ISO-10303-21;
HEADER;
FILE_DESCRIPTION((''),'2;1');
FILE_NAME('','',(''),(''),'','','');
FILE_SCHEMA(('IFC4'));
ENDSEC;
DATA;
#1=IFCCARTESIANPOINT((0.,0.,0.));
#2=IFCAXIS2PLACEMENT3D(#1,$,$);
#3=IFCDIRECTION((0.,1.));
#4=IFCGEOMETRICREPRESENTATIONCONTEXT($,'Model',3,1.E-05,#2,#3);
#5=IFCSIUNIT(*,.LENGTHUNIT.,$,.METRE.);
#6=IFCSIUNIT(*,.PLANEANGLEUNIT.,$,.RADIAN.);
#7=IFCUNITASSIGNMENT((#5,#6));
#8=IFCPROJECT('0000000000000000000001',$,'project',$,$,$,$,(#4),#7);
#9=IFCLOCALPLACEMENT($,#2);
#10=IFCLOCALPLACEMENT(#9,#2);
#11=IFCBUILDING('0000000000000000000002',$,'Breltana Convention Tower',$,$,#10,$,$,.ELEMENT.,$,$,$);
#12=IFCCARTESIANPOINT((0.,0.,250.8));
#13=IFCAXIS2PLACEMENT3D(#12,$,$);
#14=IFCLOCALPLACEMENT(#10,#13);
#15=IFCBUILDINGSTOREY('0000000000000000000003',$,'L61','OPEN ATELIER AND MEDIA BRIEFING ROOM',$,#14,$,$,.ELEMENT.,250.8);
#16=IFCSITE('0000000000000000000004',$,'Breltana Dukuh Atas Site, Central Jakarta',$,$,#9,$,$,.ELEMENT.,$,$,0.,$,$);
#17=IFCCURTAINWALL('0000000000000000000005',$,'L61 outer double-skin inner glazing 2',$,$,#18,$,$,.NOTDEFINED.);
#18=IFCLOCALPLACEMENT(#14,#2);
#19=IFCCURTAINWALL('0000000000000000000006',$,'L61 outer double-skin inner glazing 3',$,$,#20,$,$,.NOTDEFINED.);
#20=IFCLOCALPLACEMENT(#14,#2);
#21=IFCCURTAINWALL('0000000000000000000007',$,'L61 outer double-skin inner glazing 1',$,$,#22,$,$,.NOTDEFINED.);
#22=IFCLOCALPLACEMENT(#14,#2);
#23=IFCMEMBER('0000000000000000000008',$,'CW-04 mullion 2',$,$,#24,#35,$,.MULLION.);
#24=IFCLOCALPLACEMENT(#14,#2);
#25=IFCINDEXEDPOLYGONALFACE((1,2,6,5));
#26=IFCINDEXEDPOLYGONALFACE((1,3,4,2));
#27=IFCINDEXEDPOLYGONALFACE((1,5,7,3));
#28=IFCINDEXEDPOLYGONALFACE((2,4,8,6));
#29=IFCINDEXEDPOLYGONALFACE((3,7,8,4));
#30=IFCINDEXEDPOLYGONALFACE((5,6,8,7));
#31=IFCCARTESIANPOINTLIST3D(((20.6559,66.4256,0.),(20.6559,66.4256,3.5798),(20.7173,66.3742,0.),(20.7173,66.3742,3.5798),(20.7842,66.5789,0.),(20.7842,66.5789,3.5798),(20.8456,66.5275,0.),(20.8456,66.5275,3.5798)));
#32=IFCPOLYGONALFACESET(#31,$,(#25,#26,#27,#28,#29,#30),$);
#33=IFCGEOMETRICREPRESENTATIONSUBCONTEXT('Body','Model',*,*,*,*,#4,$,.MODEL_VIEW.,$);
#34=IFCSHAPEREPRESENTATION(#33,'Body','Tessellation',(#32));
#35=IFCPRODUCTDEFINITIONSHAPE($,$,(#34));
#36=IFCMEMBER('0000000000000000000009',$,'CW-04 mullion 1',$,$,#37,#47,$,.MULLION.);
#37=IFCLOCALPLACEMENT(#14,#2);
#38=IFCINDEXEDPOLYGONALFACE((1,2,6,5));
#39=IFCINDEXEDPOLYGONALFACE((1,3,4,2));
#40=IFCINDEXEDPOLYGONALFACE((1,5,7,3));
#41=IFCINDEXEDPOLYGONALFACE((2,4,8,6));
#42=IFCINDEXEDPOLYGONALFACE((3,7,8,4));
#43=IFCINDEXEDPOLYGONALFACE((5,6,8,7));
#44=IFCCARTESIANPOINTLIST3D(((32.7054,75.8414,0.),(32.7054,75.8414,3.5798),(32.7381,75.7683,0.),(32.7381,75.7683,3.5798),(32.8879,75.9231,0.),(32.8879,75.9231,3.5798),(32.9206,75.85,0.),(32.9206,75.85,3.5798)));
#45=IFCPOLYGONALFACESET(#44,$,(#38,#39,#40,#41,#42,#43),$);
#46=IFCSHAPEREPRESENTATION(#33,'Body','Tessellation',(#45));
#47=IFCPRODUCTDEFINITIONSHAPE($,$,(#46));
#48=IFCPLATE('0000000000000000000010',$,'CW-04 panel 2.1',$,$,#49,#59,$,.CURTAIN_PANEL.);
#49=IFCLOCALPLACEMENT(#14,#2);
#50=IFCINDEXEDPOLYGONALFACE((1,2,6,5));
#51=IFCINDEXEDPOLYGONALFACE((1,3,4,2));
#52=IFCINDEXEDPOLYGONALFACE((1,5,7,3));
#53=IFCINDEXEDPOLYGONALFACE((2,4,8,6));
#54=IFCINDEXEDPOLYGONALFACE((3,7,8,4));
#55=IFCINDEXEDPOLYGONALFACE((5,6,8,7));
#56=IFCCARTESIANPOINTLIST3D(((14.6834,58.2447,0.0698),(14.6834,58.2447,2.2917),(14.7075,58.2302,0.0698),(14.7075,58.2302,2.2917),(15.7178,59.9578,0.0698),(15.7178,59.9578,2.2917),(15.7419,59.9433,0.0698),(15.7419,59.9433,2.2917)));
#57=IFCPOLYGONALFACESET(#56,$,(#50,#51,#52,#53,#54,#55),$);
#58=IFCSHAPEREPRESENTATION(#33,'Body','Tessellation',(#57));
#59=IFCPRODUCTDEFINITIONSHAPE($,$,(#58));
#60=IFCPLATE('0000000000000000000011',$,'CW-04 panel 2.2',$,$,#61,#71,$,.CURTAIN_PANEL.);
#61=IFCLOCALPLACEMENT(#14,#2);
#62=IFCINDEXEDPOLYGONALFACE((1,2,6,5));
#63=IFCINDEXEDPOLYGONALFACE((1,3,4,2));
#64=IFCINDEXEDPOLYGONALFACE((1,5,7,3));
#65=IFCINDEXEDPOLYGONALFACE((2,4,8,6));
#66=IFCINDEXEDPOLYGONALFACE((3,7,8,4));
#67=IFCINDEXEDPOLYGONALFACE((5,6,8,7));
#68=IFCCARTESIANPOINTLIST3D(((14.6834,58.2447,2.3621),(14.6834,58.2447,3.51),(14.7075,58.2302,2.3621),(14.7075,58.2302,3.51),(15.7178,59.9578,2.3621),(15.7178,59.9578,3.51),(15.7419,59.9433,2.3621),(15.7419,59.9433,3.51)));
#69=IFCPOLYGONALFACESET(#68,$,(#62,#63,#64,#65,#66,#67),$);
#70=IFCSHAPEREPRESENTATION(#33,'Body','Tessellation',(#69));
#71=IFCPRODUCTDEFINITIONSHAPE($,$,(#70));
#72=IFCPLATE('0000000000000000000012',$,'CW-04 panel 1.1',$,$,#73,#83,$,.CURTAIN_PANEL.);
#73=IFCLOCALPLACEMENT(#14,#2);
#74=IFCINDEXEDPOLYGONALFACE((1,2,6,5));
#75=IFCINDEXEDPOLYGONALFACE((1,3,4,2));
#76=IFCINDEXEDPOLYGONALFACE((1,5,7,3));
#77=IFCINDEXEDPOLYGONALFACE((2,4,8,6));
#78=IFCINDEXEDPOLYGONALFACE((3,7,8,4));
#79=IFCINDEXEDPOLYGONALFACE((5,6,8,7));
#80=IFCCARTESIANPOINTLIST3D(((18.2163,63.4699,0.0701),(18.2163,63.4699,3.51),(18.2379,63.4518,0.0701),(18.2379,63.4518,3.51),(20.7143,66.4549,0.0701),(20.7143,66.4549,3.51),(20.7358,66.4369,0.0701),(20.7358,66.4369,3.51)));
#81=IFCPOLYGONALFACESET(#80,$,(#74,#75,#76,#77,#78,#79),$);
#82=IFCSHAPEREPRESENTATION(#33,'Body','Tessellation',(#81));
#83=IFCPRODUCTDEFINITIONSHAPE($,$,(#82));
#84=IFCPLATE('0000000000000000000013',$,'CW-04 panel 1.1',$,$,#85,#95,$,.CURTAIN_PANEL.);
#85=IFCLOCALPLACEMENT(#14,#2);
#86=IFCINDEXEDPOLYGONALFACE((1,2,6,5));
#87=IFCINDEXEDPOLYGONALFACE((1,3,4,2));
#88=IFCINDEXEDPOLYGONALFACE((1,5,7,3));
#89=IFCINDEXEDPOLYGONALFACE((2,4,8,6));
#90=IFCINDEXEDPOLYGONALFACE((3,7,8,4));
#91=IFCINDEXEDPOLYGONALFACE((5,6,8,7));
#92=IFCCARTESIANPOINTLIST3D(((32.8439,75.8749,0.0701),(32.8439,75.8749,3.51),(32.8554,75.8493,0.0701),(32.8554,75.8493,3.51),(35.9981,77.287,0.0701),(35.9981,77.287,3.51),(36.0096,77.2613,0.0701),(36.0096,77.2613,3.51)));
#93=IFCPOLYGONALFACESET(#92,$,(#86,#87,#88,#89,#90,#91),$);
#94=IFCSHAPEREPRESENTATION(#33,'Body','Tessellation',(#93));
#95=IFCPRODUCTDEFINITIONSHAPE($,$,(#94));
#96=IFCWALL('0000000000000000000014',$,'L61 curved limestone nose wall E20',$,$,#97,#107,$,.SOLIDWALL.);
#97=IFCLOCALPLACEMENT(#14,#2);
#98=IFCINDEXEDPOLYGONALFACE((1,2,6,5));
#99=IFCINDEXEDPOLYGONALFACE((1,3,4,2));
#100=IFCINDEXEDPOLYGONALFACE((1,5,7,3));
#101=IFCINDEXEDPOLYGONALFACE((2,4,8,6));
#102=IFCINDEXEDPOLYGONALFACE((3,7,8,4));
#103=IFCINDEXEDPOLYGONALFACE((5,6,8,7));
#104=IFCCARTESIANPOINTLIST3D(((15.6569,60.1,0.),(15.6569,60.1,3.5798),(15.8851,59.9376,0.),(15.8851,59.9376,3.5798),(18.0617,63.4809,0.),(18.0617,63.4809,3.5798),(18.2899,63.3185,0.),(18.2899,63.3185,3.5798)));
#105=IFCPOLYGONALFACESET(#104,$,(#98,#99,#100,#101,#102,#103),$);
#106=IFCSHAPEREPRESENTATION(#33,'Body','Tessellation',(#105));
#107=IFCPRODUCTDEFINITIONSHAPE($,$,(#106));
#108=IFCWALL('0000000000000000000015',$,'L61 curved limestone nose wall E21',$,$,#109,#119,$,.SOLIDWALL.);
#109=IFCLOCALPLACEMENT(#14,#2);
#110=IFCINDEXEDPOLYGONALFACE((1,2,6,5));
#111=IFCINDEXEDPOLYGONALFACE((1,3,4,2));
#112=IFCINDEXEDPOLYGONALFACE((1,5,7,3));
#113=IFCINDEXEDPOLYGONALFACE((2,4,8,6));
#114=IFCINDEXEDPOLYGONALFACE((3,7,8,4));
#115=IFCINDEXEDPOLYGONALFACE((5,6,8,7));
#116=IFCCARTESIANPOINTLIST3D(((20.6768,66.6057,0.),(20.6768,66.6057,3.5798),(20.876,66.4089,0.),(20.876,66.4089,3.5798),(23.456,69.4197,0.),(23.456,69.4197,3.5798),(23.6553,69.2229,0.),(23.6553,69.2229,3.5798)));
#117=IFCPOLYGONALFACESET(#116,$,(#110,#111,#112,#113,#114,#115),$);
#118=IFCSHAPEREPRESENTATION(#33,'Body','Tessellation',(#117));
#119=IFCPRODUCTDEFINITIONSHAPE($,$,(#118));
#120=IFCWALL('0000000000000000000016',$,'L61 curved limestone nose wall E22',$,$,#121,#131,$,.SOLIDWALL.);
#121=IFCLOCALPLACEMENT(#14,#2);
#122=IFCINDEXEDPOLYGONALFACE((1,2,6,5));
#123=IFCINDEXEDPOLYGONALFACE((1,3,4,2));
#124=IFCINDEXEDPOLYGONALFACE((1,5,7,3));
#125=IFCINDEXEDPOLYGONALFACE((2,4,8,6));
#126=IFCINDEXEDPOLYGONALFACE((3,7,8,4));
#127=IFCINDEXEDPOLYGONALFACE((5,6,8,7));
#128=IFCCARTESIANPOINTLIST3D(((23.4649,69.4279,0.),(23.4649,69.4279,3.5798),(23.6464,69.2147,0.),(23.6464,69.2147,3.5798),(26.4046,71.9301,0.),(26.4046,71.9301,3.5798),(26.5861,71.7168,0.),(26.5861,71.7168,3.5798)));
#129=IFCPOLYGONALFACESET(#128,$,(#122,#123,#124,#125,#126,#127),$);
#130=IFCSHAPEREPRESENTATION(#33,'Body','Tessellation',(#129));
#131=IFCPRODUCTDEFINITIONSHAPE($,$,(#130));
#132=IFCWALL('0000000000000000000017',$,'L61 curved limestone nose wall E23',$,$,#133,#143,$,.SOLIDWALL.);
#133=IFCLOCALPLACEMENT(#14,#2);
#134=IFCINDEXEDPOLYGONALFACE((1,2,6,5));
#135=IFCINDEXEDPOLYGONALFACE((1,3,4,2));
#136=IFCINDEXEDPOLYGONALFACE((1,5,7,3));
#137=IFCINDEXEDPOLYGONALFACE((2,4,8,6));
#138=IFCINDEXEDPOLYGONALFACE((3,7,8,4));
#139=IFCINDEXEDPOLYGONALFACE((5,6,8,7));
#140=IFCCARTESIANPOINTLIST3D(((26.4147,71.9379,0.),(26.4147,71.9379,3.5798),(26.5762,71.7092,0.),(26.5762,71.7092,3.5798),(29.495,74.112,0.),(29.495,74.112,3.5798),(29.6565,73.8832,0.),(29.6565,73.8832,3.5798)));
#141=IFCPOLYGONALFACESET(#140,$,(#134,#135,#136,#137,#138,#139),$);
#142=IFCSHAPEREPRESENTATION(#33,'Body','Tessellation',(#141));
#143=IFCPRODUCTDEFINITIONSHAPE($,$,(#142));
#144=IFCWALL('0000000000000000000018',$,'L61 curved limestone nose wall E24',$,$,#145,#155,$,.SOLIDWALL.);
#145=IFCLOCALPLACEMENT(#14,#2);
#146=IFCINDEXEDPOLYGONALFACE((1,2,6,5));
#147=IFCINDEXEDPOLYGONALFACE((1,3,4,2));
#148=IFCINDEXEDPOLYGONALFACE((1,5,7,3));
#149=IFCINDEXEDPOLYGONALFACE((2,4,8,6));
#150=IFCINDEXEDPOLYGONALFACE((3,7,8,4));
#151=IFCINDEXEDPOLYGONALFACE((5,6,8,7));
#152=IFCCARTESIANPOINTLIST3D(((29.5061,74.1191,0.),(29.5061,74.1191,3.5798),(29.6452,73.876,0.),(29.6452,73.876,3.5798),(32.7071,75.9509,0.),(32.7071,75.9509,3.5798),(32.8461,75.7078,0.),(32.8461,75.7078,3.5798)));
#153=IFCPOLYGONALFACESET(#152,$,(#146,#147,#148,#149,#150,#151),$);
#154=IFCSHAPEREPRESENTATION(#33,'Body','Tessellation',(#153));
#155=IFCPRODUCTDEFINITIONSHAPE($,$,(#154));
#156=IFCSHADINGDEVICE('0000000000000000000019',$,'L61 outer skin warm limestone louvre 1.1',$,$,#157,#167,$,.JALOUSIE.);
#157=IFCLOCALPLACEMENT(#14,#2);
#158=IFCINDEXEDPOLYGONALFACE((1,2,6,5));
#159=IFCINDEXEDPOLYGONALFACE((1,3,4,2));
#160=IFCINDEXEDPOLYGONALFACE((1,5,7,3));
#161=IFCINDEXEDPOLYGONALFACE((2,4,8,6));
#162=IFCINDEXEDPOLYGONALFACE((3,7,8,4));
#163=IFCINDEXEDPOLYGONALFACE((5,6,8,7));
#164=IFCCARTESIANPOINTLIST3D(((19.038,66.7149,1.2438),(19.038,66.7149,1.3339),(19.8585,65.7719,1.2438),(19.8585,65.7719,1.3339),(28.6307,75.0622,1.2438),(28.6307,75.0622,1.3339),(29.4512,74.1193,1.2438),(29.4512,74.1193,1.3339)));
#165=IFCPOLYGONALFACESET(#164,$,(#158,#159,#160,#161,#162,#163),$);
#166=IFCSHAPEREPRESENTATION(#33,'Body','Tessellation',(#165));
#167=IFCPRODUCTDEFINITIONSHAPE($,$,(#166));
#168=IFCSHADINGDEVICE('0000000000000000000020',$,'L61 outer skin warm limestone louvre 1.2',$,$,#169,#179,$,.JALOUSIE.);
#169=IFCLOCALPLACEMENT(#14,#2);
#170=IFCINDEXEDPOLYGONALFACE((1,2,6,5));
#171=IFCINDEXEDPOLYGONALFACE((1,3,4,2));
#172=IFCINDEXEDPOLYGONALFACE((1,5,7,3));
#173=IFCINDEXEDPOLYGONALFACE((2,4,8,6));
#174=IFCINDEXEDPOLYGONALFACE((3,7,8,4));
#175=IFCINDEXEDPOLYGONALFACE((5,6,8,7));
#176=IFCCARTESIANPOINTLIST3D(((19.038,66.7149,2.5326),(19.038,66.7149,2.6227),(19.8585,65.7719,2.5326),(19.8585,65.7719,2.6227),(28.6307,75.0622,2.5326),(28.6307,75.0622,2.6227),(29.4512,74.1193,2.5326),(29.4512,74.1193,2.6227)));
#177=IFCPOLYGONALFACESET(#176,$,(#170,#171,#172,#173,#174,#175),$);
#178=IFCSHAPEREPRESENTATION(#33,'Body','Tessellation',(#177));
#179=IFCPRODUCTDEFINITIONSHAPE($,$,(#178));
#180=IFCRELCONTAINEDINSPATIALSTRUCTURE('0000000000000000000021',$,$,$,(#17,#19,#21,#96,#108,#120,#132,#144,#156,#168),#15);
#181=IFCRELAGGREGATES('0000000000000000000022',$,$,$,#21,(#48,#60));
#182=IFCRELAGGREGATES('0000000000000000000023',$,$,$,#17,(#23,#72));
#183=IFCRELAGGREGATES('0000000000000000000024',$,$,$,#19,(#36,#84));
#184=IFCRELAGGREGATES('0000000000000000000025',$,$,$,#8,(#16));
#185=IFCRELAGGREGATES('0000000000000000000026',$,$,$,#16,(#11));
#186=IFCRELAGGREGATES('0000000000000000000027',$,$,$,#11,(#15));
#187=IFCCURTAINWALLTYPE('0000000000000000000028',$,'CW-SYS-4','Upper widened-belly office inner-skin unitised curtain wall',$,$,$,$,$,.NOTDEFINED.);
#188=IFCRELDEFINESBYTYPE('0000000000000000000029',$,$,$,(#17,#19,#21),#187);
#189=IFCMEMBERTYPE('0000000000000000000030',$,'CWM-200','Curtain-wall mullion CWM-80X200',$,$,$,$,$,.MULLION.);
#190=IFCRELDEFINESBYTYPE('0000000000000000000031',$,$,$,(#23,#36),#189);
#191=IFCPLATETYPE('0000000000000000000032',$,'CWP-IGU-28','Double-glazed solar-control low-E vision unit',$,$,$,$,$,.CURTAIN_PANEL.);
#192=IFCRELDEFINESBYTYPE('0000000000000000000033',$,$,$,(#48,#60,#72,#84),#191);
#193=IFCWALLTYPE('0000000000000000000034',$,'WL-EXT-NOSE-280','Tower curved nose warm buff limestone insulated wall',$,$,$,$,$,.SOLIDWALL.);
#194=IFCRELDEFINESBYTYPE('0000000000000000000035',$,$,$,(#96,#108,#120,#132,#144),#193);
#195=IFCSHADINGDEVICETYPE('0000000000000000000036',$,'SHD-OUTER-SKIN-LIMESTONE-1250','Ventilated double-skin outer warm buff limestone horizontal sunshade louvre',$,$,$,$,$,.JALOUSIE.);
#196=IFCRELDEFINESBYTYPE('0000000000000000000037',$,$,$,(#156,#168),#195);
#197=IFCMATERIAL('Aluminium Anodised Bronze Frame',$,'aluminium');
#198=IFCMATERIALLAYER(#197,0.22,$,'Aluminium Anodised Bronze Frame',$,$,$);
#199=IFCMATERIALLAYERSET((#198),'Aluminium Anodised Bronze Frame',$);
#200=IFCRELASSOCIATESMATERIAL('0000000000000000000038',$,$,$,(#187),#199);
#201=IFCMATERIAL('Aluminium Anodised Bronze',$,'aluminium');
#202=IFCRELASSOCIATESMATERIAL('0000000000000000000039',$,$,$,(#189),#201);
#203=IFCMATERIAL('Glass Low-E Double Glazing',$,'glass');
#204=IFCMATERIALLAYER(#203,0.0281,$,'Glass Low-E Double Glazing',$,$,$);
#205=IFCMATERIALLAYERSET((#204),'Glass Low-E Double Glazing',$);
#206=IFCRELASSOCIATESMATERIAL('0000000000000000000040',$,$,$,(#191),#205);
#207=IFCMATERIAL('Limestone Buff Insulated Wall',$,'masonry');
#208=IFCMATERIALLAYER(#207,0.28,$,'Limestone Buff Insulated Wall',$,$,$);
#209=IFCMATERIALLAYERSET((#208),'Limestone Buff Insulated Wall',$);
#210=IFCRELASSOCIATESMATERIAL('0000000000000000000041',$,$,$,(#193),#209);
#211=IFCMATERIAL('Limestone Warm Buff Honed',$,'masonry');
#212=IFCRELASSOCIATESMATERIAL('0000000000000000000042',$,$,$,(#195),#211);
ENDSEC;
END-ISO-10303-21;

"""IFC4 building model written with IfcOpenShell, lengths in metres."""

from ifc_helpers import new_model, si_unit, direction, frame, frame_2d, origin, origin_2d, place, context, subcontext, project, spatial, rectangle, extrude, source, transform, mapped, material, layer, layer_set, material_profile, profile_set, type_object, element, aggregate, save


model = new_model("IFC4")

# Units and contexts
model_context = context("Model", 3, precision=1e-05, world=origin(), true_north=direction((0.0, 1.0)))
body_context = subcontext(model_context, "Body", "Model", "MODEL_VIEW")
ifc_project = project(units=[si_unit("LENGTHUNIT", "METRE"), si_unit("PLANEANGLEUNIT", "RADIAN")], contexts=[model_context])

# Site, building, storey
site_placement = place(None, origin())
site = spatial("IfcSite", under=ifc_project, at=site_placement, Name="Breltana Dukuh Atas Site, Central Jakarta", CompositionType="ELEMENT", RefElevation=0.0)
building_placement = place(site_placement, origin())
building = spatial("IfcBuilding", under=site, at=building_placement, Name="Breltana Convention Tower", CompositionType="ELEMENT")
storey_placement = place(building_placement, frame((0.0, 0.0, 250.8)))
storey = spatial("IfcBuildingStorey", under=building, at=storey_placement, Name="L61", Description="OPEN ATELIER AND MEDIA BRIEFING ROOM", CompositionType="ELEMENT", Elevation=250.8)

# Curtain walls
ifc_material_1 = material(Name="Aluminium Anodised Bronze Frame", Category="aluminium")
ifc_layer_1 = layer(ifc_material_1, 0.22, Name="Aluminium Anodised Bronze Frame")
ifc_layer_set_1 = layer_set([ifc_layer_1], Name="Aluminium Anodised Bronze Frame")
curtain_wall_type = type_object("IfcCurtainWallType", Name="CW-SYS-4", Description="Upper widened-belly office inner-skin unitised curtain wall", PredefinedType="NOTDEFINED", material=ifc_layer_set_1)
curtain_wall_1_placement = place(storey_placement, origin())
curtain_wall_1 = element("IfcCurtainWall", 1, at=curtain_wall_1_placement, inside=storey, type_object=curtain_wall_type, Name="L61 outer double-skin inner glazing 2", PredefinedType="NOTDEFINED")
ifc_material_2 = material(Name="Aluminium Anodised Bronze", Category="aluminium")
curtain_wall_2_placement = place(storey_placement, origin())
curtain_wall_2 = element("IfcCurtainWall", 2, at=curtain_wall_2_placement, inside=storey, type_object=curtain_wall_type, Name="L61 outer double-skin inner glazing 3", PredefinedType="NOTDEFINED")

# Curtain wall
curtain_wall_3_placement = place(storey_placement, origin())
curtain_wall_3 = element("IfcCurtainWall", 3, at=curtain_wall_3_placement, inside=storey, type_object=curtain_wall_type, Name="L61 outer double-skin inner glazing 1", PredefinedType="NOTDEFINED")
ifc_material_profile_1 = material_profile(ifc_material_2, rectangle(XDim=0.0801, YDim=0.2, at=origin_2d()), Name="CWM-80X200")
ifc_profile_set_1 = profile_set([ifc_material_profile_1], Name="Aluminium Anodised Bronze")
member_type_1 = type_object("IfcMemberType", Name="CWM-200", Description="Curtain-wall mullion CWM-80X200", PredefinedType="MULLION", material=ifc_profile_set_1)
shared_shape_1 = source(origin(), body_context, "Body", "SweptSolid", [
    extrude(rectangle(XDim=0.0801, YDim=0.2, at=origin_2d()), origin(), (0.0, 0.0, 1.0), 3.5798),
])

# Members
member_1_placement = place(storey_placement, frame((20.7507, 66.4766, 0.0), z_axis=(0.0, 0.0, 1.0), x_axis=(-0.766903, 0.641763, 0.0)))
member_1 = element("IfcMember", 4, at=member_1_placement, type_object=member_type_1, Name="CW-04 mullion 2", PredefinedType="MULLION", context=body_context, shape_type="MappedRepresentation", body=[
    mapped(shared_shape_1, transform((0.0, 0.0, 0.0), scale=1.0)),
])
member_2_placement = place(storey_placement, frame((32.813, 75.8457, 0.0), z_axis=(0.0, 0.0, 1.0), x_axis=(-0.408606, 0.912711, 0.0)))
member_2 = element("IfcMember", 5, at=member_2_placement, type_object=member_type_1, Name="CW-04 mullion 1", PredefinedType="MULLION", context=body_context, shape_type="MappedRepresentation", body=[
    mapped(shared_shape_1, transform((0.0, 0.0, 0.0), scale=1.0)),
])

# Plates
ifc_material_3 = material(Name="Glass Low-E Double Glazing", Category="glass")
ifc_layer_2 = layer(ifc_material_3, 0.0281, Name="Glass Low-E Double Glazing")
ifc_layer_set_2 = layer_set([ifc_layer_2], Name="Glass Low-E Double Glazing")
plate_type = type_object("IfcPlateType", Name="CWP-IGU-28", Description="Double-glazed solar-control low-E vision unit", PredefinedType="CURTAIN_PANEL", material=ifc_layer_set_2)
shared_shape_2 = source(origin(), body_context, "Body", "SweptSolid", [
    extrude(rectangle(XDim=2.0012, YDim=0.0281, at=origin_2d()), origin(), (0.0, 0.0, 1.0), 2.2219),
])
plate_1_placement = place(storey_placement, frame((15.2126, 59.094, 0.0698), z_axis=(0.0, 0.0, 1.0), x_axis=(0.516875, 0.856061, 0.0)))
plate_1 = element("IfcPlate", 6, at=plate_1_placement, type_object=plate_type, Name="CW-04 panel 2.1", PredefinedType="CURTAIN_PANEL", context=body_context, shape_type="MappedRepresentation", body=[
    mapped(shared_shape_2, transform((0.0, 0.0, 0.0), scale=1.0)),
])
shared_shape_3 = source(origin(), body_context, "Body", "SweptSolid", [
    extrude(rectangle(XDim=2.0012, YDim=0.0281, at=origin_2d()), origin(), (0.0, 0.0, 1.0), 1.1479),
])
plate_2_placement = place(storey_placement, frame((15.2126, 59.094, 2.3621), z_axis=(0.0, 0.0, 1.0), x_axis=(0.516875, 0.856061, 0.0)))
plate_2 = element("IfcPlate", 7, at=plate_2_placement, type_object=plate_type, Name="CW-04 panel 2.2", PredefinedType="CURTAIN_PANEL", context=body_context, shape_type="MappedRepresentation", body=[
    mapped(shared_shape_3, transform((0.0, 0.0, 0.0), scale=1.0)),
])
aggregate(curtain_wall_3, [plate_1, plate_2])
shared_shape_4 = source(origin(), body_context, "Body", "SweptSolid", [
    extrude(rectangle(XDim=3.8923, YDim=0.0281, at=origin_2d()), origin(), (0.0, 0.0, 1.0), 3.4399),
])
plate_3_placement = place(storey_placement, frame((19.4761, 64.9534, 0.0701), z_axis=(0.0, 0.0, 1.0), x_axis=(0.641763, 0.766903, 0.0)))
plate_3 = element("IfcPlate", 8, at=plate_3_placement, type_object=plate_type, Name="CW-04 panel 1.1", PredefinedType="CURTAIN_PANEL", context=body_context, shape_type="MappedRepresentation", body=[
    mapped(shared_shape_4, transform((0.0, 0.0, 0.0), scale=1.0)),
])
aggregate(curtain_wall_1, [member_1, plate_3])
shared_shape_5 = source(origin(), body_context, "Body", "SweptSolid", [
    extrude(rectangle(XDim=3.4558, YDim=0.0281, at=origin_2d()), origin(), (0.0, 0.0, 1.0), 3.4399),
])
plate_4_placement = place(storey_placement, frame((34.4268, 76.5681, 0.0701), z_axis=(0.0, 0.0, 1.0), x_axis=(0.912711, 0.408606, 0.0)))
plate_4 = element("IfcPlate", 9, at=plate_4_placement, type_object=plate_type, Name="CW-04 panel 1.1", PredefinedType="CURTAIN_PANEL", context=body_context, shape_type="MappedRepresentation", body=[
    mapped(shared_shape_5, transform((0.0, 0.0, 0.0), scale=1.0)),
])
aggregate(curtain_wall_2, [member_2, plate_4])

# Walls
ifc_material_4 = material(Name="Limestone Buff Insulated Wall", Category="masonry")
ifc_layer_3 = layer(ifc_material_4, 0.28, Name="Limestone Buff Insulated Wall")
ifc_layer_set_3 = layer_set([ifc_layer_3], Name="Limestone Buff Insulated Wall")
wall_type = type_object("IfcWallType", Name="WL-EXT-NOSE-280", Description="Tower curved nose warm buff limestone insulated wall", PredefinedType="SOLIDWALL", material=ifc_layer_set_3)
shared_shape_6 = source(origin(), body_context, "Body", "SweptSolid", [
    extrude(rectangle(XDim=4.1489, YDim=0.28, at=frame_2d((2.0745, 0.0))), origin(), (0.0, 0.0, 1.0), 3.5798),
])
wall_1_placement = place(storey_placement, frame((15.771, 60.0188, 0.0), z_axis=(0.0, 0.0, 1.0), x_axis=(0.579623, 0.814885, 0.0)))
element("IfcWall", 10, at=wall_1_placement, inside=storey, type_object=wall_type, Name="L61 curved limestone nose wall E20", PredefinedType="SOLIDWALL", context=body_context, shape_type="MappedRepresentation", body=[
    mapped(shared_shape_6, transform((0.0, 0.0, 0.0), scale=1.0)),
])
shared_shape_7 = source(origin(), body_context, "Body", "SweptSolid", [
    extrude(rectangle(XDim=3.9551, YDim=0.28, at=frame_2d((1.9775, 0.0))), origin(), (0.0, 0.0, 1.0), 3.5798),
])
wall_2_placement = place(storey_placement, frame((20.7764, 66.5073, 0.0), z_axis=(0.0, 0.0, 1.0), x_axis=(0.702711, 0.711476, 0.0)))
element("IfcWall", 11, at=wall_2_placement, inside=storey, type_object=wall_type, Name="L61 curved limestone nose wall E21", PredefinedType="SOLIDWALL", context=body_context, shape_type="MappedRepresentation", body=[
    mapped(shared_shape_7, transform((0.0, 0.0, 0.0), scale=1.0)),
])
shared_shape_8 = source(origin(), body_context, "Body", "SweptSolid", [
    extrude(rectangle(XDim=3.8604, YDim=0.28, at=frame_2d((1.9302, 0.0))), origin(), (0.0, 0.0, 1.0), 3.5798),
])
wall_3_placement = place(storey_placement, frame((23.5557, 69.3213, 0.0), z_axis=(0.0, 0.0, 1.0), x_axis=(0.761498, 0.648168, 0.0)))
element("IfcWall", 12, at=wall_3_placement, inside=storey, type_object=wall_type, Name="L61 curved limestone nose wall E22", PredefinedType="SOLIDWALL", context=body_context, shape_type="MappedRepresentation", body=[
    mapped(shared_shape_8, transform((0.0, 0.0, 0.0), scale=1.0)),
])
shared_shape_9 = source(origin(), body_context, "Body", "SweptSolid", [
    extrude(rectangle(XDim=3.7703, YDim=0.28, at=frame_2d((1.8853, 0.0))), origin(), (0.0, 0.0, 1.0), 3.5798),
])
wall_4_placement = place(storey_placement, frame((26.4954, 71.8235, 0.0), z_axis=(0.0, 0.0, 1.0), x_axis=(0.817002, 0.576635, 0.0)))
element("IfcWall", 13, at=wall_4_placement, inside=storey, type_object=wall_type, Name="L61 curved limestone nose wall E23", PredefinedType="SOLIDWALL", context=body_context, shape_type="MappedRepresentation", body=[
    mapped(shared_shape_9, transform((0.0, 0.0, 0.0), scale=1.0)),
])
shared_shape_10 = source(origin(), body_context, "Body", "SweptSolid", [
    extrude(rectangle(XDim=3.688, YDim=0.28, at=frame_2d((1.844, 0.0))), origin(), (0.0, 0.0, 1.0), 3.5798),
])
wall_5_placement = place(storey_placement, frame((29.5757, 73.9976, 0.0), z_axis=(0.0, 0.0, 1.0), x_axis=(0.867929, 0.496688, 0.0)))
element("IfcWall", 14, at=wall_5_placement, inside=storey, type_object=wall_type, Name="L61 curved limestone nose wall E24", PredefinedType="SOLIDWALL", context=body_context, shape_type="MappedRepresentation", body=[
    mapped(shared_shape_10, transform((0.0, 0.0, 0.0), scale=1.0)),
])

# Shading devices
ifc_material_5 = material(Name="Limestone Warm Buff Honed", Category="masonry")
ifc_material_profile_2 = material_profile(ifc_material_5, rectangle(XDim=1.25, YDim=0.0901, at=origin_2d()), Name="STN-LVR-1250X90")
ifc_profile_set_2 = profile_set([ifc_material_profile_2], Name="Limestone Warm Buff Honed")
shading_device_type = type_object("IfcShadingDeviceType", Name="SHD-OUTER-SKIN-LIMESTONE-1250", Description="Ventilated double-skin outer warm buff limestone horizontal sunshade louvre", PredefinedType="JALOUSIE", material=ifc_profile_set_2)
shared_shape_11 = source(origin(), body_context, "Body", "SweptSolid", [
    extrude(rectangle(XDim=1.25, YDim=0.0901, at=origin_2d()), origin(), (0.0, 0.0, 1.0), 12.7161),
])
for number, where, z_axis, x_axis, name in (
    (15, (19.4482, 66.2434, 1.2888), (0.754377, 0.656442, 0.0), (-0.656442, 0.754377, 0.0), "L61 outer skin warm limestone louvre 1.1"),
    (16, (19.4482, 66.2434, 2.5776), (0.754377, 0.656442, 0.0), (-0.656442, 0.754377, 0.0), "L61 outer skin warm limestone louvre 1.2"),
):
    element("IfcShadingDevice", number, at=place(storey_placement, frame(where, z_axis=z_axis, x_axis=x_axis)), inside=storey, type_object=shading_device_type, Name=name, PredefinedType="JALOUSIE", context=body_context, shape_type="MappedRepresentation", body=[
        mapped(shared_shape_11, transform((0.0, 0.0, 0.0), scale=1.0)),
    ])

save(model, "model.ifc")
